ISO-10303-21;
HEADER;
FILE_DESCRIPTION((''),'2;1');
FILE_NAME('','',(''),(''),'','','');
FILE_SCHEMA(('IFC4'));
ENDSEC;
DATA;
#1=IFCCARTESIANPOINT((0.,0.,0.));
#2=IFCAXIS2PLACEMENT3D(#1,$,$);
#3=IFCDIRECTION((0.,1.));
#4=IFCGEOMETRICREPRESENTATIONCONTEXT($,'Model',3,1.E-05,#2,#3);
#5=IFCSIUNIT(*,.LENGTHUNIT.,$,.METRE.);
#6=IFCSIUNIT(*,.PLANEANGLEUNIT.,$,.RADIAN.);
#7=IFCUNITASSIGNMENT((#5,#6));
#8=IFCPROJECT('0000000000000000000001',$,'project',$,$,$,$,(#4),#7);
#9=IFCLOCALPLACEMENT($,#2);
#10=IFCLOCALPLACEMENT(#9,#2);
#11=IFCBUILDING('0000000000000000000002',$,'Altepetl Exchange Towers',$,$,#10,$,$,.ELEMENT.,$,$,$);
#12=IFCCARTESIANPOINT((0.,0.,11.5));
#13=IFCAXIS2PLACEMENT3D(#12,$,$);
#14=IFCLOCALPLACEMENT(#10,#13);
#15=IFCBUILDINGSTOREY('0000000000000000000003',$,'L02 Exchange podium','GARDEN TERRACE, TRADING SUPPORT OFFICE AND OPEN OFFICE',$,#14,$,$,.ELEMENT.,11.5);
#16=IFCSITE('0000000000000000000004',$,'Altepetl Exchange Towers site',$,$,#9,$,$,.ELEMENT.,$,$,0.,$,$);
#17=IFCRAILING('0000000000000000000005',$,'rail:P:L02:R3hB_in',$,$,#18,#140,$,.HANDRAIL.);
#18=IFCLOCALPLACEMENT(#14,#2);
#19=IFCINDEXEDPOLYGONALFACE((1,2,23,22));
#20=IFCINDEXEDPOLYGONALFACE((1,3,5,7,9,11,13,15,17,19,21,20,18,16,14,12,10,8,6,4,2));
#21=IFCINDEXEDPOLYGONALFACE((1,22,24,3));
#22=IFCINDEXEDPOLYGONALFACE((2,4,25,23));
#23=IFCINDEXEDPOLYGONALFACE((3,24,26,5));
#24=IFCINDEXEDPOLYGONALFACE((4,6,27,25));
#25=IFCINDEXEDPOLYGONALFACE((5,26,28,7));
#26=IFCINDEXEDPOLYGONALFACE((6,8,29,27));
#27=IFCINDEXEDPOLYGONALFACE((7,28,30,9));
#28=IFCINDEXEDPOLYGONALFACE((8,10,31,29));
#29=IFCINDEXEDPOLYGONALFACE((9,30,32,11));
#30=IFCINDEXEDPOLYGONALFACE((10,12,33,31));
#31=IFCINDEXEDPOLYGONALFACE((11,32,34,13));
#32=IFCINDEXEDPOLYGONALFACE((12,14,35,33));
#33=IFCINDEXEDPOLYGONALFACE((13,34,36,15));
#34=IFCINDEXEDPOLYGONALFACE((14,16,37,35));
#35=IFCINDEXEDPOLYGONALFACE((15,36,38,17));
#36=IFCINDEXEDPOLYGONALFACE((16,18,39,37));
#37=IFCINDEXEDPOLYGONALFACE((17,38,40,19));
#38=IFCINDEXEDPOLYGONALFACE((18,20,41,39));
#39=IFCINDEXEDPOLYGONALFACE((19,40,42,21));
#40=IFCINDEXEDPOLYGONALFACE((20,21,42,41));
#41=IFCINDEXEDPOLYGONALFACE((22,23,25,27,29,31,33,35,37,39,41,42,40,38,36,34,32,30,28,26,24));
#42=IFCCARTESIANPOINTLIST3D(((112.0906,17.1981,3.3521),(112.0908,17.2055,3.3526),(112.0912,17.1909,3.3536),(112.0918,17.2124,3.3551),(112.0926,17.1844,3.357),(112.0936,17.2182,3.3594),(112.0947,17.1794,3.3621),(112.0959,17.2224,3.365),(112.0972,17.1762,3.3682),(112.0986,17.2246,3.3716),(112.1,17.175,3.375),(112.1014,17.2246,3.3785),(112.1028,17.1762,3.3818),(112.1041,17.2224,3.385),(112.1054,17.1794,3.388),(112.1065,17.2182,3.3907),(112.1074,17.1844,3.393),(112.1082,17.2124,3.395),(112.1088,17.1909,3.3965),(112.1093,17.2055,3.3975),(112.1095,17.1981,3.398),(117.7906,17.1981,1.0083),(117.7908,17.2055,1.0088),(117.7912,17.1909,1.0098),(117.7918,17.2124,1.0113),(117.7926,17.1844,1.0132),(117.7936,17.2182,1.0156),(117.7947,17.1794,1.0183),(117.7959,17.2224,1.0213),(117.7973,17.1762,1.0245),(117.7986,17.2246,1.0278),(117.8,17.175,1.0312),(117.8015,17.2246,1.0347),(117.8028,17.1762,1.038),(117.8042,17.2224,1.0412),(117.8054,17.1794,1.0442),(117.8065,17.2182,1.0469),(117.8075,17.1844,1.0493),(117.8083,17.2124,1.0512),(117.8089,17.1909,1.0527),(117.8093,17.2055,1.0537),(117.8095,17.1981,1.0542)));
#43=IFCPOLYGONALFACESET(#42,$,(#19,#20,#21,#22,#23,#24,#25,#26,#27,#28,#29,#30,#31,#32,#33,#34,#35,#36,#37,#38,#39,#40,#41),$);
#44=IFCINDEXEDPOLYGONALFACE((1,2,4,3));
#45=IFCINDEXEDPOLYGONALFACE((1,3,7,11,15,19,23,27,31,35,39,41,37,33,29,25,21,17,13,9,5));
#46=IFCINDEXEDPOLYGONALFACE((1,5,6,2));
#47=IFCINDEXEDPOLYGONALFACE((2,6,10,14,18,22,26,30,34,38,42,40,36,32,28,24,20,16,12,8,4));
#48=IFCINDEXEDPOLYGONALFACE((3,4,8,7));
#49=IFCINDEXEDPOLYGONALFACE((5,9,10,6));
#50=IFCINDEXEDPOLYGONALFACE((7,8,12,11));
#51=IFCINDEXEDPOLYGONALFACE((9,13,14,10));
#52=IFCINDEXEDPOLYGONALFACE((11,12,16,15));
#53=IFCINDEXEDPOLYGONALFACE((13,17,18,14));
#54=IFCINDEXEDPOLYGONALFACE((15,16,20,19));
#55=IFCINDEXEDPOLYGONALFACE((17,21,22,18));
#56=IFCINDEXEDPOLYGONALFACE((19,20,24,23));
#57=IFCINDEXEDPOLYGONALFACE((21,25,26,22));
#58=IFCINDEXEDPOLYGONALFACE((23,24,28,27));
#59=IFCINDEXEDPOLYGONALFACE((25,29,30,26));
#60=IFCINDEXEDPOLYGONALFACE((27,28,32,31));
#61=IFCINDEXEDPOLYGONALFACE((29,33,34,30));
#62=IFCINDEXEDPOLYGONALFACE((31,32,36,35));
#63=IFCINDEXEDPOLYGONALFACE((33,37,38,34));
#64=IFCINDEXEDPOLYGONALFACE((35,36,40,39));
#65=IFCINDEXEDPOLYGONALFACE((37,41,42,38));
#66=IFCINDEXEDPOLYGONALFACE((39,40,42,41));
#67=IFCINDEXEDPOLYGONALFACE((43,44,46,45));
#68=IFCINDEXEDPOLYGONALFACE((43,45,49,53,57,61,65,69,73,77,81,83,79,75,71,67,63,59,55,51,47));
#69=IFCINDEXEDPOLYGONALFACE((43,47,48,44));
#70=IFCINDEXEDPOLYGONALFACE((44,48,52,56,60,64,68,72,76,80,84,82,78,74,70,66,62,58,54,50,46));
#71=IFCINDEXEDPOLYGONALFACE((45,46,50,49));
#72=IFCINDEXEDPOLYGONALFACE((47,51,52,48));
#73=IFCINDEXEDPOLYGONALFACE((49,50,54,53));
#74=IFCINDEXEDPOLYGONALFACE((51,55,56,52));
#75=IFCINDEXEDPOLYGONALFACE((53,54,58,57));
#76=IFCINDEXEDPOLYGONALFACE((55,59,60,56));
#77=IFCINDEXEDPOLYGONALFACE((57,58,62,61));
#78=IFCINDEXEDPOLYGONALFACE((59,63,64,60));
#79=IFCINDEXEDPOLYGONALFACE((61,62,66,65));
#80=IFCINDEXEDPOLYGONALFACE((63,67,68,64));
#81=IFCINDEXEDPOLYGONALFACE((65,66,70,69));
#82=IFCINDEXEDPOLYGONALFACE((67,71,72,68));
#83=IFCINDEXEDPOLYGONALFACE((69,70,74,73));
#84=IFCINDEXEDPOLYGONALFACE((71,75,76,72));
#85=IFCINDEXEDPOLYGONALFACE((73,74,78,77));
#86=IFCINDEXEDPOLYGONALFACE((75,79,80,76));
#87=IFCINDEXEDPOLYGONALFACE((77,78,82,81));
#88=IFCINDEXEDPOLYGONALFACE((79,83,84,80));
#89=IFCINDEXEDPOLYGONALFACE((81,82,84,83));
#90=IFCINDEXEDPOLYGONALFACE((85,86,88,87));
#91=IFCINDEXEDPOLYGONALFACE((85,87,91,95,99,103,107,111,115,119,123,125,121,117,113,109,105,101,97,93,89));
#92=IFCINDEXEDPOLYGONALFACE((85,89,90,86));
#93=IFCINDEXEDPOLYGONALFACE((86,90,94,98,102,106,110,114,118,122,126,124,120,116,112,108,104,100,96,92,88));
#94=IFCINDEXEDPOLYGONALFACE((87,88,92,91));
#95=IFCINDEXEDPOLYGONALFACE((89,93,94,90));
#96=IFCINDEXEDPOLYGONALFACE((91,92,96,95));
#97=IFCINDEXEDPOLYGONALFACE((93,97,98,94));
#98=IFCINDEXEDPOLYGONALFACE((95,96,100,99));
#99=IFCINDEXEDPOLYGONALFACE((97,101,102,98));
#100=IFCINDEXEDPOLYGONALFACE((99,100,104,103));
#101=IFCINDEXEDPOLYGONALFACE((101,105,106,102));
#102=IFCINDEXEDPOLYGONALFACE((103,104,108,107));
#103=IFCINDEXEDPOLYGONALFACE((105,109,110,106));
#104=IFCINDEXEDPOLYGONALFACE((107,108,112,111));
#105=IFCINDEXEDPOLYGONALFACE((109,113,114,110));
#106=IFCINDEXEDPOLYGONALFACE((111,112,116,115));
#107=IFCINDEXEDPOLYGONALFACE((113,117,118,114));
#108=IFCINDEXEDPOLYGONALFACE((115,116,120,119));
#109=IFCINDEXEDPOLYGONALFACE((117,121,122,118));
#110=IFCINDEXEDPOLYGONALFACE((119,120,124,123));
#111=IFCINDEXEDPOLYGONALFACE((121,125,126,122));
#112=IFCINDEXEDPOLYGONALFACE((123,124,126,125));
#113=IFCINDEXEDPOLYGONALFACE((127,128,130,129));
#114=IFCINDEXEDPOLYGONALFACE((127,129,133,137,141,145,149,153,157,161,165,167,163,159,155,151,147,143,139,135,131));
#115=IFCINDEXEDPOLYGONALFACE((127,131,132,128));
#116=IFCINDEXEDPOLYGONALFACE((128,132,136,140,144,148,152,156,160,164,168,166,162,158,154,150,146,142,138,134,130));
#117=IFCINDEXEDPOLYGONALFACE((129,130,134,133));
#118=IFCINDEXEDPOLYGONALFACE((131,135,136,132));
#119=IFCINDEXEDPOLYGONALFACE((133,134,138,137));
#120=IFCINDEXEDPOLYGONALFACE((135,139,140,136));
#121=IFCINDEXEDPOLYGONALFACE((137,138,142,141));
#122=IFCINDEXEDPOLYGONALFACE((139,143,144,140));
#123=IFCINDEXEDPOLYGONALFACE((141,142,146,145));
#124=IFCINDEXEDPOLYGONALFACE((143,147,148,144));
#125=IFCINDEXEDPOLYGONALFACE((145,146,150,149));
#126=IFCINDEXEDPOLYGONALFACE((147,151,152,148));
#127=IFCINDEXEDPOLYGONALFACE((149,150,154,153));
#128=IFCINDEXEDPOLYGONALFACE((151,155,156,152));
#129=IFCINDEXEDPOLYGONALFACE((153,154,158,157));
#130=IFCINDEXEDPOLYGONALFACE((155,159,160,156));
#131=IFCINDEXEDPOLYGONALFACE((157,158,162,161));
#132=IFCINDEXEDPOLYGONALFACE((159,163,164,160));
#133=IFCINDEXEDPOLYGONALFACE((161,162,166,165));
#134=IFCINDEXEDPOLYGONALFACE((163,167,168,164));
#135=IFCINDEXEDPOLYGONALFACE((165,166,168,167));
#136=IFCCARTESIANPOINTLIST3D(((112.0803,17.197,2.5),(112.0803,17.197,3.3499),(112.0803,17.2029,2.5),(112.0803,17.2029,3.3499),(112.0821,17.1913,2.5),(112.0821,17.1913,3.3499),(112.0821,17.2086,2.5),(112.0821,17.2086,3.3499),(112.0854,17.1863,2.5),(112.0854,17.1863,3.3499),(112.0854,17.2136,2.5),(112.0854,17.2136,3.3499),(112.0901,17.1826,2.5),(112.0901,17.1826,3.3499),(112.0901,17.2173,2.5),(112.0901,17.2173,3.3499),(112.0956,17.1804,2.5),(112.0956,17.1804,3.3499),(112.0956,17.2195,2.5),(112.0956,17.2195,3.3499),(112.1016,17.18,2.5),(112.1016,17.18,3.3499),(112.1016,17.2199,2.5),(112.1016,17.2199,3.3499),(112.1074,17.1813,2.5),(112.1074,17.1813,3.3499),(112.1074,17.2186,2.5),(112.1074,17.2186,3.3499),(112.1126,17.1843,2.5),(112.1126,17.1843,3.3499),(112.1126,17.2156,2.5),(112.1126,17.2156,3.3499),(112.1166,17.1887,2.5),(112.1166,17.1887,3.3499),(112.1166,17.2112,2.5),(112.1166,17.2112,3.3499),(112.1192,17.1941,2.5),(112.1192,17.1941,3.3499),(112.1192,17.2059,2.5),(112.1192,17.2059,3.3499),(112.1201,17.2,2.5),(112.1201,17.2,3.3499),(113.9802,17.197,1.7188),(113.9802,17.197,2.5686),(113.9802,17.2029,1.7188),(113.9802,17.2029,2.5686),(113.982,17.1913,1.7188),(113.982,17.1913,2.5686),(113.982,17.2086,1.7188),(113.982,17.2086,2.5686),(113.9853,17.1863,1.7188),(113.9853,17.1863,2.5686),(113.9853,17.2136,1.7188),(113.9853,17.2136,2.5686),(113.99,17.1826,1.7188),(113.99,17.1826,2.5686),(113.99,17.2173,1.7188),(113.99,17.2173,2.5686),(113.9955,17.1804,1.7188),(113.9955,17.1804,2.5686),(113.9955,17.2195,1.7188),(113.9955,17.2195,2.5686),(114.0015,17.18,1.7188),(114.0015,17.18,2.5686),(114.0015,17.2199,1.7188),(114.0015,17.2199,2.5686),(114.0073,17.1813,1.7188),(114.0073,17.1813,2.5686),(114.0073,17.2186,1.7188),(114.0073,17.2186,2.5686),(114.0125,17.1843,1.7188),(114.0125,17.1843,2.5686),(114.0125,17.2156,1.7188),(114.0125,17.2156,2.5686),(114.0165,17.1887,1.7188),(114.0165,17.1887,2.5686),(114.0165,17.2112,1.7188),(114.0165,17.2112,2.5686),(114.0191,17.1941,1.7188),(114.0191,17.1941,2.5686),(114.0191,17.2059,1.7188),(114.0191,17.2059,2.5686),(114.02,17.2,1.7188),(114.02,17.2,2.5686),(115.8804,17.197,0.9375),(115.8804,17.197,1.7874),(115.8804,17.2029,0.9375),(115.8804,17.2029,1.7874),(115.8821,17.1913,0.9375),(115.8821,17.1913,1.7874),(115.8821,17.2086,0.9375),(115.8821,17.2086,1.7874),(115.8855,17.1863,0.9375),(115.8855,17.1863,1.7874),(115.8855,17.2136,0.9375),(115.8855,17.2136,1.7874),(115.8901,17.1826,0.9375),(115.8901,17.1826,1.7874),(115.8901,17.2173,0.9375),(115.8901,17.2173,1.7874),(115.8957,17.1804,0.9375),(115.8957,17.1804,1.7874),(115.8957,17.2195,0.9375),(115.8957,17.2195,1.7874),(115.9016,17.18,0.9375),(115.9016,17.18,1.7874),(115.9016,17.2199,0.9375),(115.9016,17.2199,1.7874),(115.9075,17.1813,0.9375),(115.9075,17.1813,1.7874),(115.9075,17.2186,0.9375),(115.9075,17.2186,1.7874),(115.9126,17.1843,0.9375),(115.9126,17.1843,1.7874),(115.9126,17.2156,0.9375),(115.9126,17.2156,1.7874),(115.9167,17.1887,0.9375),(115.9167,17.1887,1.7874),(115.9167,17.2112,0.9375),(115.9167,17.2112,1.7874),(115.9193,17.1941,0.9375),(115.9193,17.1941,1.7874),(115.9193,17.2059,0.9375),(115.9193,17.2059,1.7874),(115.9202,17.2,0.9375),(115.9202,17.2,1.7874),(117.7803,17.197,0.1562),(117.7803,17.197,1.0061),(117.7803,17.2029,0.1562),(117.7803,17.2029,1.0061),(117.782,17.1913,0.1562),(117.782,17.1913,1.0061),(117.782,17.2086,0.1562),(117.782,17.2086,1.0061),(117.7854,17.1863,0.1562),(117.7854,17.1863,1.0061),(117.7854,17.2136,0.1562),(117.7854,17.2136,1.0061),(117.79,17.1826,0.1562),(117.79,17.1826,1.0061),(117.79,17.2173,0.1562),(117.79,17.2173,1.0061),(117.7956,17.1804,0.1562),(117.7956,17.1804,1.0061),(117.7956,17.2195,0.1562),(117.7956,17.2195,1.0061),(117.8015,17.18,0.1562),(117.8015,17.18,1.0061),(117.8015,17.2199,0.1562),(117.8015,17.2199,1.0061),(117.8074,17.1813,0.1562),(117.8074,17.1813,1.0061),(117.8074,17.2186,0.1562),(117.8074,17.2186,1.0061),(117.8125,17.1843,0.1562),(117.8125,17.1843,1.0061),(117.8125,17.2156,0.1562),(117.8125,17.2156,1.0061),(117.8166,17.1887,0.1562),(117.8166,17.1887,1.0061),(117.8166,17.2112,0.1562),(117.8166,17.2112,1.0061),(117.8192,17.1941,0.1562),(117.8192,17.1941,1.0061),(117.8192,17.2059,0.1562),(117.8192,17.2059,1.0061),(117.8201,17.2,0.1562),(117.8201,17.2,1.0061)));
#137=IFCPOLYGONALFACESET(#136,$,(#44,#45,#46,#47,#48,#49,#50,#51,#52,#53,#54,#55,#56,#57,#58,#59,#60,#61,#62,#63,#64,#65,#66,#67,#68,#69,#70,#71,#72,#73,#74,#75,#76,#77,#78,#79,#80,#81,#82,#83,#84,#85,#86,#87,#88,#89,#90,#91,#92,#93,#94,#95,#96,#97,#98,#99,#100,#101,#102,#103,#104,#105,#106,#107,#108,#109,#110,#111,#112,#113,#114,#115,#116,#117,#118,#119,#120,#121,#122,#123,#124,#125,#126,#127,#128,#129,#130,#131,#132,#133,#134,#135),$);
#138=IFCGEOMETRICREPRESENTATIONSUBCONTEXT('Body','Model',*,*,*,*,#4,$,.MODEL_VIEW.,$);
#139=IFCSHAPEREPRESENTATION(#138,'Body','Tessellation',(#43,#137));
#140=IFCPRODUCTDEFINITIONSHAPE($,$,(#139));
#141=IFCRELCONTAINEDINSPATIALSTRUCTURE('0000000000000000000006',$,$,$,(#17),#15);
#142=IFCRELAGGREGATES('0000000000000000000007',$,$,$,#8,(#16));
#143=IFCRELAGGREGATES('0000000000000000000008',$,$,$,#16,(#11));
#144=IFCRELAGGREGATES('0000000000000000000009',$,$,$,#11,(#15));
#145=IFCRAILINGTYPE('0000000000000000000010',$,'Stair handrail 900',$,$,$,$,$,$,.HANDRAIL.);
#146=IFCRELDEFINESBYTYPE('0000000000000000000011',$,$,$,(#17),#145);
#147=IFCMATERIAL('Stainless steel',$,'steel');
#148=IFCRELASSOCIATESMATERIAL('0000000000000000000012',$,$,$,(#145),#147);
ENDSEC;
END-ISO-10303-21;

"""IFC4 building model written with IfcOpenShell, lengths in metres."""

from ifc_helpers import new_model, si_unit, direction, frame, origin, origin_2d, place, context, subcontext, project, spatial, circle, extrude, source, transform, mapped, material, type_object, element, save


model = new_model("IFC4")

# Units and contexts
model_context = context("Model", 3, precision=1e-05, world=origin(), true_north=direction((0.0, 1.0)))
body_context = subcontext(model_context, "Body", "Model", "MODEL_VIEW")
ifc_project = project(units=[si_unit("LENGTHUNIT", "METRE"), si_unit("PLANEANGLEUNIT", "RADIAN")], contexts=[model_context])

# Site, building, storey
site_placement = place(None, origin())
site = spatial("IfcSite", under=ifc_project, at=site_placement, Name="Altepetl Exchange Towers site", CompositionType="ELEMENT", RefElevation=0.0)
building_placement = place(site_placement, origin())
building = spatial("IfcBuilding", under=site, at=building_placement, Name="Altepetl Exchange Towers", CompositionType="ELEMENT")
storey_placement = place(building_placement, frame((0.0, 0.0, 11.5)))
storey = spatial("IfcBuildingStorey", under=building, at=storey_placement, Name="L02 Exchange podium", Description="GARDEN TERRACE, TRADING SUPPORT OFFICE AND OPEN OFFICE", CompositionType="ELEMENT", Elevation=11.5)

# Railing
ifc_material_1 = material(Name="Stainless steel", Category="steel")
railing_type_1 = type_object("IfcRailingType", Name="Stair handrail 900", PredefinedType="HANDRAIL", material=ifc_material_1)
shared_shape_1 = source(origin(), body_context, "Body", "SweptSolid", [
    extrude(circle(Radius=0.02, at=origin_2d()), origin(), (0.0, 0.0, 1.0), 0.8499),
])
for number, where, name in (
    (1, (117.8, 17.2, 0.1562), "rail:P:L02:R3hB_in"),
):
    element("IfcRailing", number, at=place(storey_placement, frame(where)), inside=storey, type_object=railing_type_1, Name=name, PredefinedType="HANDRAIL", context=body_context, shape_type="SweptSolid", body=[
        extrude(circle(Radius=0.0249, at=origin_2d()), frame((0.0, 0.0, 0.875), z_axis=(-0.924866, 0.0, 0.380293), x_axis=(0.0, -1.0, 0.0)), (0.0, 0.0, 1.0), 6.1631),
        mapped(shared_shape_1, transform((0.0, 0.0, 0.0))),
        mapped(shared_shape_1, transform((-1.8999, 0.0, 0.7812))),
        mapped(shared_shape_1, transform((-3.8, 0.0, 1.5625))),
        mapped(shared_shape_1, transform((-5.7, 0.0, 2.3438))),
    ])

save(model, "model.ifc")
